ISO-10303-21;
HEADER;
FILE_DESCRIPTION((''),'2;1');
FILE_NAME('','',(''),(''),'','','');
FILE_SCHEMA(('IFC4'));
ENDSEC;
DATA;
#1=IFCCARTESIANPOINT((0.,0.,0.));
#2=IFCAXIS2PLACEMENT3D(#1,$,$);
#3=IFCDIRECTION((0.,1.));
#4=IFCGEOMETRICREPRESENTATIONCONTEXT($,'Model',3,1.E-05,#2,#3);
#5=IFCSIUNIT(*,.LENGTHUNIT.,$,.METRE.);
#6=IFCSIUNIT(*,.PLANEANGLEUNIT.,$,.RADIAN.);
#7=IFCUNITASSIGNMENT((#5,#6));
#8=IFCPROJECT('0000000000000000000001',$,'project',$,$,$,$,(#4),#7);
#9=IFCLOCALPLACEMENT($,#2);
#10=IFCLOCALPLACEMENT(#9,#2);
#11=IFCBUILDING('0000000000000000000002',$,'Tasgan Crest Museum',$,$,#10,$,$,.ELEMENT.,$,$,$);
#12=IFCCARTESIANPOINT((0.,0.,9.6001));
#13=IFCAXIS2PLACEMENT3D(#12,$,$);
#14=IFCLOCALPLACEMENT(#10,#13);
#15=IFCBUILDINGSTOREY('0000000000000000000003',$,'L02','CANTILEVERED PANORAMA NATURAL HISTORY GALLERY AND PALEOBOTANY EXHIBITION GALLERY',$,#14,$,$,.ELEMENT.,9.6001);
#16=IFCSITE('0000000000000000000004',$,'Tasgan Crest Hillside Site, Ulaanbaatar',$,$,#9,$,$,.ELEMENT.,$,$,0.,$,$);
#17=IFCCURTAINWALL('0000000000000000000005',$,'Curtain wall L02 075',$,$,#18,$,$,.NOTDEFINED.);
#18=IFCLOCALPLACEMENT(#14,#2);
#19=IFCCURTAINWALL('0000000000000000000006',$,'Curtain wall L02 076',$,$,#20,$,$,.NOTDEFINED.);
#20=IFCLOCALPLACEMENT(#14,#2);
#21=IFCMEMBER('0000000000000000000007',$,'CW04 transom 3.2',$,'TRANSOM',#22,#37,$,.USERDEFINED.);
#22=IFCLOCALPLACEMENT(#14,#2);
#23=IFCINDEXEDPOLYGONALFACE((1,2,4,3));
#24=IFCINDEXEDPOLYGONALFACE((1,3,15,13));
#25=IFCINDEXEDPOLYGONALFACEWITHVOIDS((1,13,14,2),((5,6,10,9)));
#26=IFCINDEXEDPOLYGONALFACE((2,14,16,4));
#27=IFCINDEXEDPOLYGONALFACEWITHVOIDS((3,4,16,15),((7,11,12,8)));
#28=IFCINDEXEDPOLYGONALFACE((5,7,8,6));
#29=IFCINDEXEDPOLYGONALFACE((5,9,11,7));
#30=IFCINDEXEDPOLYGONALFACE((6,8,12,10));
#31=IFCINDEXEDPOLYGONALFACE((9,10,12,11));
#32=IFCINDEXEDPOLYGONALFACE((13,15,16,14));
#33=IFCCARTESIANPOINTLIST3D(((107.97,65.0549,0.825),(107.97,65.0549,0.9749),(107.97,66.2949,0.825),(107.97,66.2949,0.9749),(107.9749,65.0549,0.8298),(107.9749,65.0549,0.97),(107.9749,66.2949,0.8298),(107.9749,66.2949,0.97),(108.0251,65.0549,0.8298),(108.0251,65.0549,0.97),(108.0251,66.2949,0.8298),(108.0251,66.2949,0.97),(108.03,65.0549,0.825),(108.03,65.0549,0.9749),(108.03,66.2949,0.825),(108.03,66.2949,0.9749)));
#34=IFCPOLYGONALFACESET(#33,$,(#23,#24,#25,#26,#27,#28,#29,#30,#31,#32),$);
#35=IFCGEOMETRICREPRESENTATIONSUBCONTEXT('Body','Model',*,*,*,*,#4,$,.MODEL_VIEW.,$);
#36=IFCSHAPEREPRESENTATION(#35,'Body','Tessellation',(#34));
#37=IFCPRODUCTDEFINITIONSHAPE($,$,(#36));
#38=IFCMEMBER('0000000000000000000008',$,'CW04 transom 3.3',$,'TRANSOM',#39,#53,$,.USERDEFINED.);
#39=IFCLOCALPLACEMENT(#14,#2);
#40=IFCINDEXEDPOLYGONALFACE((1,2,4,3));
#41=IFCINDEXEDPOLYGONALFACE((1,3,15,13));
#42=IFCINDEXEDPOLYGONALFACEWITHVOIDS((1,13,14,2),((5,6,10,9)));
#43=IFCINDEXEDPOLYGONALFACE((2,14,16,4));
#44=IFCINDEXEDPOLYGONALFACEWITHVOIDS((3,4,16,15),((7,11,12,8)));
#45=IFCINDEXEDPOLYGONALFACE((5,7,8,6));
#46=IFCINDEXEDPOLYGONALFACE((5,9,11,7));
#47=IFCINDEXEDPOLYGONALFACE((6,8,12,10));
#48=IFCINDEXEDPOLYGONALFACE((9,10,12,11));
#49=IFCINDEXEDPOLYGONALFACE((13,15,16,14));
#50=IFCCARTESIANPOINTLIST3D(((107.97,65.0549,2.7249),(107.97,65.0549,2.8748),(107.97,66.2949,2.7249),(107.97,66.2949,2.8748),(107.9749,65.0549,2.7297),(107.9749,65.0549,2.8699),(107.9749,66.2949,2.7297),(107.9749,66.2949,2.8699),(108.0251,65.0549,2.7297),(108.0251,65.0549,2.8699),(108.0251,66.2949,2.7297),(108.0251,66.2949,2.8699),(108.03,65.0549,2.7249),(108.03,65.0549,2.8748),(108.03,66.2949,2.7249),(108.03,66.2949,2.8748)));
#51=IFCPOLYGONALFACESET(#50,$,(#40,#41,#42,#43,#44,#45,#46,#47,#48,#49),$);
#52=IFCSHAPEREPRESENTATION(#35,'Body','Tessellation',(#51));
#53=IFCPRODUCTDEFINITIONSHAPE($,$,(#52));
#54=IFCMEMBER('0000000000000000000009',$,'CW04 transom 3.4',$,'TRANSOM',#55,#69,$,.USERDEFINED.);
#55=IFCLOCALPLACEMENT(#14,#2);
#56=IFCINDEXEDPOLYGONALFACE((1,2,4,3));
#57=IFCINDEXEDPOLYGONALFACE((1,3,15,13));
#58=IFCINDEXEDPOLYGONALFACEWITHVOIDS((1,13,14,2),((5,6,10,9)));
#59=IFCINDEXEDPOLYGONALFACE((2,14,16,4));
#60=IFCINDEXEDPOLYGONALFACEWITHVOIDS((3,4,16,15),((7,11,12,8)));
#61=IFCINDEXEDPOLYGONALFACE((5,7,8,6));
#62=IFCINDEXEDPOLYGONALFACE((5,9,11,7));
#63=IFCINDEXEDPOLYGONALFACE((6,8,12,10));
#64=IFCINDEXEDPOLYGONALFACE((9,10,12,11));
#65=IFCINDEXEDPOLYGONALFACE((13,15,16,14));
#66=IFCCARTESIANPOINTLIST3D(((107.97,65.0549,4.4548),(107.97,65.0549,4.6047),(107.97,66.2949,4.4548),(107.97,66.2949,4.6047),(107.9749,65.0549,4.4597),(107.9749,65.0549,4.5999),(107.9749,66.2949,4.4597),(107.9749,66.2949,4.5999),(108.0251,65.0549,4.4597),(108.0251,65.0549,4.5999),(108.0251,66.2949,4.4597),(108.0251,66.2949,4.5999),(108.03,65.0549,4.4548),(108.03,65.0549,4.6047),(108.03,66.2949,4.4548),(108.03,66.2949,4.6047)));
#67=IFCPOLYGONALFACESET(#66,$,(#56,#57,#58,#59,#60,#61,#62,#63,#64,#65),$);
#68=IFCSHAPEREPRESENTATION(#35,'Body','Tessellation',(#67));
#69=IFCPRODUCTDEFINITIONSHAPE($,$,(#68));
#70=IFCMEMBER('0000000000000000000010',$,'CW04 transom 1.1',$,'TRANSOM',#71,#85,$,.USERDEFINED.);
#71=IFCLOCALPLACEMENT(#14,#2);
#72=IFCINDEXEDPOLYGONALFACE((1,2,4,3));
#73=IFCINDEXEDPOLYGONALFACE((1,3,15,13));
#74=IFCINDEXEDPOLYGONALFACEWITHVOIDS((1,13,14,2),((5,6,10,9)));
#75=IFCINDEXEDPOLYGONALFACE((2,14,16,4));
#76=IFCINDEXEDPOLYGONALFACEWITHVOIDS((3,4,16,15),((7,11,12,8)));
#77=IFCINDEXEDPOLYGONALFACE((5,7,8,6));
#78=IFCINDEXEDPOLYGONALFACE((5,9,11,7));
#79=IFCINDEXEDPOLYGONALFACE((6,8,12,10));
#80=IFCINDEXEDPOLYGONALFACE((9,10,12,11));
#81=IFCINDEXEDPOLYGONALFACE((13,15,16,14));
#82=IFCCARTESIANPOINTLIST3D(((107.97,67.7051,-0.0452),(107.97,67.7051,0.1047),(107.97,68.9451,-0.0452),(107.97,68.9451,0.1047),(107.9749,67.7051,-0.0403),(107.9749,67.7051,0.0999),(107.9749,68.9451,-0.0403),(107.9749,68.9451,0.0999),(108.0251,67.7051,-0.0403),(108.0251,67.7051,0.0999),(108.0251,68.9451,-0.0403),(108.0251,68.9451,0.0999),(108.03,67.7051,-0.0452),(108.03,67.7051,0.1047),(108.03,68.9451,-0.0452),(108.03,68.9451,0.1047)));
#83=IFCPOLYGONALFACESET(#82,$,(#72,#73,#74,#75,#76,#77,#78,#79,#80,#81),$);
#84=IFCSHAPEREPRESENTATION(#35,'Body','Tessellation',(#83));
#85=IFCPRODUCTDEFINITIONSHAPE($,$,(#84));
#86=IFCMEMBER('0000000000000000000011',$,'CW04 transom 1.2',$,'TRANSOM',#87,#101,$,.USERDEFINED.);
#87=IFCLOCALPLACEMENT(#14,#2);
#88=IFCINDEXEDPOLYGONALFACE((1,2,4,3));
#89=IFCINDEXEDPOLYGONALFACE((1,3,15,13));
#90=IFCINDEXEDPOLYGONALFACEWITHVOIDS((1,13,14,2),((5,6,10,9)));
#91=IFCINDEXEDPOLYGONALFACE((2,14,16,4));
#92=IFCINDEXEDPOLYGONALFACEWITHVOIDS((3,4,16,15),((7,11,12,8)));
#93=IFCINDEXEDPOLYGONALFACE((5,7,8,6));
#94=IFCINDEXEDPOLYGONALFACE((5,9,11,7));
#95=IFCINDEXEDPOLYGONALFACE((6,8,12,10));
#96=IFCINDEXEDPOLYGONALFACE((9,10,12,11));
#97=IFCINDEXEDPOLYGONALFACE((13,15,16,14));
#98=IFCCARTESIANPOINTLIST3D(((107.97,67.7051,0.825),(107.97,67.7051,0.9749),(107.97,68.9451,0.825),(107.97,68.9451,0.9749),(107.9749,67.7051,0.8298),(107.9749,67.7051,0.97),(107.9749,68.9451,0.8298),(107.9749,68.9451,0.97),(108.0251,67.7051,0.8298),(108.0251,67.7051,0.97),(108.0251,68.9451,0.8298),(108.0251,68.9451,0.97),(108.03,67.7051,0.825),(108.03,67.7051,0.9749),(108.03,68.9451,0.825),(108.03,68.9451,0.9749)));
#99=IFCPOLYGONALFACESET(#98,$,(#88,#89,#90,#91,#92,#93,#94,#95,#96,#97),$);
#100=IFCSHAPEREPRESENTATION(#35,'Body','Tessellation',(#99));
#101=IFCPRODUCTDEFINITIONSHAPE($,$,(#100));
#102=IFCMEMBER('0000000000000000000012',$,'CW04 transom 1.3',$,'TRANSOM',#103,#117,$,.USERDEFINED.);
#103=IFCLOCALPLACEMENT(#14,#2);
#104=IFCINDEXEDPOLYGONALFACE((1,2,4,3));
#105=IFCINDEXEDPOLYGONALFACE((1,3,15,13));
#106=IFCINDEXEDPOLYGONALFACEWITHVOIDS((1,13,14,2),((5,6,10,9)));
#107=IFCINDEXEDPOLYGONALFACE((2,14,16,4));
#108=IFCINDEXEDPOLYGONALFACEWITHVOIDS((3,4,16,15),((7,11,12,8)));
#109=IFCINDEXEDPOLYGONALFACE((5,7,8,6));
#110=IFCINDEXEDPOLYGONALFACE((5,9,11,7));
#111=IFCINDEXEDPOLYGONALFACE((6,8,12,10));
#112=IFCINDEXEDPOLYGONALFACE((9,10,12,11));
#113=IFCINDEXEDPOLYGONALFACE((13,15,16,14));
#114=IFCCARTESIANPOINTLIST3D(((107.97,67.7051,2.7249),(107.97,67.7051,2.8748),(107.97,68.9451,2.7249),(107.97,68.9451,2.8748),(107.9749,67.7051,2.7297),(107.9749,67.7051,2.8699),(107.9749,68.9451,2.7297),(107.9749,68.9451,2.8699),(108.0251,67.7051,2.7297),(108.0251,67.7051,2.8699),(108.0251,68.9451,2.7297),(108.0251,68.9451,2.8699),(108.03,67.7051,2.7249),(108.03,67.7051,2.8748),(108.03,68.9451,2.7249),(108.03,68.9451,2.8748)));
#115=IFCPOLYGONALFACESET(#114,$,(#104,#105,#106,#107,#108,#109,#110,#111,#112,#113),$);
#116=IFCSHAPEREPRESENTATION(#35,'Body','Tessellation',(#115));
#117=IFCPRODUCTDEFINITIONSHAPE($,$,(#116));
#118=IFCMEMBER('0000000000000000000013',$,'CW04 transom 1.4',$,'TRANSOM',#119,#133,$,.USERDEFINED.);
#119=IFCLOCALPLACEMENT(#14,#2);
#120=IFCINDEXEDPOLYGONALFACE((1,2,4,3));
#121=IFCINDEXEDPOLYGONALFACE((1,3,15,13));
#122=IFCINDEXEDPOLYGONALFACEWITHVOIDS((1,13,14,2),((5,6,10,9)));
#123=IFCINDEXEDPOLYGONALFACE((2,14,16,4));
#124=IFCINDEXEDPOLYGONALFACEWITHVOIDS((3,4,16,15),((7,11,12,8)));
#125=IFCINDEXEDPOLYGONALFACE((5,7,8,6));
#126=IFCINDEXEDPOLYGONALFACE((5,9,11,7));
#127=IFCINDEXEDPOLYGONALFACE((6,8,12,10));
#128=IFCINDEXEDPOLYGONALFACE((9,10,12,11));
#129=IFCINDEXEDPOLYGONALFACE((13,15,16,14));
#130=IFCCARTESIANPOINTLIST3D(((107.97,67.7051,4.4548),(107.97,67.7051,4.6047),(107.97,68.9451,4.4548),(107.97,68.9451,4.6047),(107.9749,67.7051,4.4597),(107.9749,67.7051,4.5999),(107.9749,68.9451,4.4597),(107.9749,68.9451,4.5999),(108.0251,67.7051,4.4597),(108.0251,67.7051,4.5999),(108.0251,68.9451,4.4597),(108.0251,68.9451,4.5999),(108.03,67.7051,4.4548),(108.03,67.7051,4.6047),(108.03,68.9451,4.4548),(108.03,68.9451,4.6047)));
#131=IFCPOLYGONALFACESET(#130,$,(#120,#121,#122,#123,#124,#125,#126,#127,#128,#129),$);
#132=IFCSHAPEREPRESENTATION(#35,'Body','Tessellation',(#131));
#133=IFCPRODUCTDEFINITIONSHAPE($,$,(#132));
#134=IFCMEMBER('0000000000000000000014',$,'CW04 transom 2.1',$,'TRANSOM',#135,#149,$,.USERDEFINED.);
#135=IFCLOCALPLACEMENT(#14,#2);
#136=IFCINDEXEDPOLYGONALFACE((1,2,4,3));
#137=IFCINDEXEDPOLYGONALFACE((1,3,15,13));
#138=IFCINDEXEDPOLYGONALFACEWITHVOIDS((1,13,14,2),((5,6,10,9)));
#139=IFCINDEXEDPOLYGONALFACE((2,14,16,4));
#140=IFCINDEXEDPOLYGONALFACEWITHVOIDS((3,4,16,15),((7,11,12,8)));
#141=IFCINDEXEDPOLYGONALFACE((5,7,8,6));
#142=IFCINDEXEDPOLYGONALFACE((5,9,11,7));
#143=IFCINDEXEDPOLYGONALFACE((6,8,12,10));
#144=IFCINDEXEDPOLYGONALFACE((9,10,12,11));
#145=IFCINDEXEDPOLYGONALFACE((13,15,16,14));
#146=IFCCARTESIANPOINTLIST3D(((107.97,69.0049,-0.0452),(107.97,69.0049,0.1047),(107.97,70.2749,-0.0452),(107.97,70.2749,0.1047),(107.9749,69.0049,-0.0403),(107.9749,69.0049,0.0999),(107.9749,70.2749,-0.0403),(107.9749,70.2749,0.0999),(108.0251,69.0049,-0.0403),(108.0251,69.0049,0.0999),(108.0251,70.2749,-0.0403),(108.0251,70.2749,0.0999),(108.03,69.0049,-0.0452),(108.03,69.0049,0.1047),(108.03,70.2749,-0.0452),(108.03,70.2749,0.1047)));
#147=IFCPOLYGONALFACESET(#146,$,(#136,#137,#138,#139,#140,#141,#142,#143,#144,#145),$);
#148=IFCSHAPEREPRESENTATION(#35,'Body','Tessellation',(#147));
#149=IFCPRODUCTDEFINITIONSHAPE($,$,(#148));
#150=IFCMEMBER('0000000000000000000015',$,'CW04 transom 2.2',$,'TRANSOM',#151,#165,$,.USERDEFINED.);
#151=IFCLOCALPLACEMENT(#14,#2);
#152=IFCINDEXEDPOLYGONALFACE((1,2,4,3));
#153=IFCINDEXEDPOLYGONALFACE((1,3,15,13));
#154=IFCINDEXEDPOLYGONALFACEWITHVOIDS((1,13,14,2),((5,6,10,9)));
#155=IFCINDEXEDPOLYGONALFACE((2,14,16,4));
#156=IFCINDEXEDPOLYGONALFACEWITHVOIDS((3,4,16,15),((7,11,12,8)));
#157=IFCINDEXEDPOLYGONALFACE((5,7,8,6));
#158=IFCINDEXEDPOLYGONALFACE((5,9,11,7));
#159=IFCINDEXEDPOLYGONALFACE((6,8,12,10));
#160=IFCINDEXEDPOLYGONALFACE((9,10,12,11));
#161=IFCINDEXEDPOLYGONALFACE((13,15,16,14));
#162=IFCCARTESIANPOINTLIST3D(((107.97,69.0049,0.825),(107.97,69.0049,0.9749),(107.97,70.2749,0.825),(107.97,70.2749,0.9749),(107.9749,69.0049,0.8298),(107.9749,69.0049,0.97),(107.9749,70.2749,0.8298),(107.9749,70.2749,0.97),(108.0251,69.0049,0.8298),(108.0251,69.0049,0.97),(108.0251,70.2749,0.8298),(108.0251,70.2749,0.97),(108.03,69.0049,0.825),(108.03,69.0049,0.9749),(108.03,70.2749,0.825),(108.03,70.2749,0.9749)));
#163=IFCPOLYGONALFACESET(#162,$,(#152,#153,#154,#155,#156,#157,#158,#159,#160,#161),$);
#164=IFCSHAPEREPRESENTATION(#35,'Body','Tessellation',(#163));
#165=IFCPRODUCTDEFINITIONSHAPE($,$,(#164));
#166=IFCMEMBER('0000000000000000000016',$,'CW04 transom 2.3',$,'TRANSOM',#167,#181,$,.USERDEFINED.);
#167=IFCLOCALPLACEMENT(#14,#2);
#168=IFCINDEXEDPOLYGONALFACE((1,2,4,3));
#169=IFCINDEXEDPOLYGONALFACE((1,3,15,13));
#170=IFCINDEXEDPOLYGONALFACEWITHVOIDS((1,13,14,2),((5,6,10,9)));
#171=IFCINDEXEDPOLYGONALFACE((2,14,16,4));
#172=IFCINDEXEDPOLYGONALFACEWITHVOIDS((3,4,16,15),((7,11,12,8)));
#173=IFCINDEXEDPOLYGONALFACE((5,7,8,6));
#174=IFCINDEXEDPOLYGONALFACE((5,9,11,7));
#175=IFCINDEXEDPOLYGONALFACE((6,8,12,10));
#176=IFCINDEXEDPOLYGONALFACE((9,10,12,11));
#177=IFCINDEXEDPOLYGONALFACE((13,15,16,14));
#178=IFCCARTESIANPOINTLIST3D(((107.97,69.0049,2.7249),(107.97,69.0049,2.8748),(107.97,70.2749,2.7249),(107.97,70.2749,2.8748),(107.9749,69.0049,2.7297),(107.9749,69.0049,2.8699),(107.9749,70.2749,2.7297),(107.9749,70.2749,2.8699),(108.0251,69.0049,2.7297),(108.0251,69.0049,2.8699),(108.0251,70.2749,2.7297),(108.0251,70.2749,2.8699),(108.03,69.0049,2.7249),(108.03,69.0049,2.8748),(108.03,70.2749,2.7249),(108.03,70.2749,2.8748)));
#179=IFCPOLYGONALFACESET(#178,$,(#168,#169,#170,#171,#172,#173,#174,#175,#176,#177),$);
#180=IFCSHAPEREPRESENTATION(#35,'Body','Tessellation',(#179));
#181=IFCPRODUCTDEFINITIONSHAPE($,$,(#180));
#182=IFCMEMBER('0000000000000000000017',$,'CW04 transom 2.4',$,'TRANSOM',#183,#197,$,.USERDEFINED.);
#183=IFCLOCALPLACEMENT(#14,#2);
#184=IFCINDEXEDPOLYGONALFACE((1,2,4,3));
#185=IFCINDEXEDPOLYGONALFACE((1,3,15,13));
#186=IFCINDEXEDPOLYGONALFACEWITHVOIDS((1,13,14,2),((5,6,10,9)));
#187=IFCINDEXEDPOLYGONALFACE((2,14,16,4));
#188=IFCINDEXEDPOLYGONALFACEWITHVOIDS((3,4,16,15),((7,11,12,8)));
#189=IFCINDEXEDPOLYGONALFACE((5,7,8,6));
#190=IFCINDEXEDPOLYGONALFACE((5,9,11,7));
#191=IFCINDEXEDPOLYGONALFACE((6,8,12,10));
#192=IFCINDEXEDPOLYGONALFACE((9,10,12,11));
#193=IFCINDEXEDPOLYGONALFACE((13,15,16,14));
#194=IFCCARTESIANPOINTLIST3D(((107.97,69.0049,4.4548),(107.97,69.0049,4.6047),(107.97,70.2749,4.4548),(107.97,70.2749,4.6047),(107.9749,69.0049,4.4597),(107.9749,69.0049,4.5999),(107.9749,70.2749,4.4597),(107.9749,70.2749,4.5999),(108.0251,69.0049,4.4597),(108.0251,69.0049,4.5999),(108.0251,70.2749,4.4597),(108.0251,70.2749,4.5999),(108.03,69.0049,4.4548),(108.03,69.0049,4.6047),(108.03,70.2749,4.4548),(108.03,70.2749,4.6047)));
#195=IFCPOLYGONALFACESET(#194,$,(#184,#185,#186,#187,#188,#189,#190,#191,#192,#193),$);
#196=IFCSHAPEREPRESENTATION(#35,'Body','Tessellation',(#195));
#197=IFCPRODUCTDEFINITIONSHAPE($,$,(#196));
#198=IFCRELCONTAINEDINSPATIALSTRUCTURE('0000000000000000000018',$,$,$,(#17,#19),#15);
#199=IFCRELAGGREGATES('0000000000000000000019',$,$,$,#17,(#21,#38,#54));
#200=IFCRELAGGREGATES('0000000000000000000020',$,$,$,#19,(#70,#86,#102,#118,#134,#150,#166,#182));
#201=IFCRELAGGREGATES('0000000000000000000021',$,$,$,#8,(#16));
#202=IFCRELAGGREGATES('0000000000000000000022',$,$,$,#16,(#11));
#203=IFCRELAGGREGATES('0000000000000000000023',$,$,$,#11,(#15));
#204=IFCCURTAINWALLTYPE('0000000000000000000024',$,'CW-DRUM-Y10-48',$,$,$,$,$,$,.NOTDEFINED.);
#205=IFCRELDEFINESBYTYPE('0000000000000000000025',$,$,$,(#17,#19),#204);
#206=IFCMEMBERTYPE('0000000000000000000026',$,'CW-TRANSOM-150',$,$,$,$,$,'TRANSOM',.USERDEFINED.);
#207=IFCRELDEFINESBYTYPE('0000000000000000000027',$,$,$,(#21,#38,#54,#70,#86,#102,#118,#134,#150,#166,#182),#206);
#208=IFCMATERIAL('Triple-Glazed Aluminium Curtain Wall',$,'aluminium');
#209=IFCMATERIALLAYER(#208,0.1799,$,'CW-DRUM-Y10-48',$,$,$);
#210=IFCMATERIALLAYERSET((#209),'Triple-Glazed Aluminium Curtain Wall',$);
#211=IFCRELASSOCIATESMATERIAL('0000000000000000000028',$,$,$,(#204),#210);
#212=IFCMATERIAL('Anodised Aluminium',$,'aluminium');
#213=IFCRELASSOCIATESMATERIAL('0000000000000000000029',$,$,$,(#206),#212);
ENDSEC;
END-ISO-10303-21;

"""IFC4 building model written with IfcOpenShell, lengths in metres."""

from ifc_helpers import new_model, si_unit, direction, frame, origin, origin_2d, place, context, subcontext, project, spatial, hollow_rectangle, extrude, material, layer, layer_set, material_profile, profile_set, type_object, element, aggregate, save


model = new_model("IFC4")

# Units and contexts
model_context = context("Model", 3, precision=1e-05, world=origin(), true_north=direction((0.0, 1.0)))
body_context = subcontext(model_context, "Body", "Model", "MODEL_VIEW")
ifc_project = project(units=[si_unit("LENGTHUNIT", "METRE"), si_unit("PLANEANGLEUNIT", "RADIAN")], contexts=[model_context])

# Site, building, storey
site_placement = place(None, origin())
site = spatial("IfcSite", under=ifc_project, at=site_placement, Name="Tasgan Crest Hillside Site, Ulaanbaatar", CompositionType="ELEMENT", RefElevation=0.0)
building_placement = place(site_placement, origin())
building = spatial("IfcBuilding", under=site, at=building_placement, Name="Tasgan Crest Museum", CompositionType="ELEMENT")
storey_placement = place(building_placement, frame((0.0, 0.0, 9.6001)))
storey = spatial("IfcBuildingStorey", under=building, at=storey_placement, Name="L02", Description="CANTILEVERED PANORAMA NATURAL HISTORY GALLERY AND PALEOBOTANY EXHIBITION GALLERY", CompositionType="ELEMENT", Elevation=9.6001)

# Curtain walls
ifc_material_1 = material(Name="Triple-Glazed Aluminium Curtain Wall", Category="aluminium")
ifc_layer_1 = layer(ifc_material_1, 0.1799, Name="CW-DRUM-Y10-48")
ifc_layer_set_1 = layer_set([ifc_layer_1], Name="Triple-Glazed Aluminium Curtain Wall")
curtain_wall_type = type_object("IfcCurtainWallType", Name="CW-DRUM-Y10-48", PredefinedType="NOTDEFINED", material=ifc_layer_set_1)
curtain_wall_1_placement = place(storey_placement, origin())
curtain_wall_1 = element("IfcCurtainWall", 1, at=curtain_wall_1_placement, inside=storey, type_object=curtain_wall_type, Name="Curtain wall L02 075", PredefinedType="NOTDEFINED")
curtain_wall_2_placement = place(storey_placement, origin())
curtain_wall_2 = element("IfcCurtainWall", 2, at=curtain_wall_2_placement, inside=storey, type_object=curtain_wall_type, Name="Curtain wall L02 076", PredefinedType="NOTDEFINED")

# Members
ifc_material_2 = material(Name="Anodised Aluminium", Category="aluminium")
ifc_material_profile_1 = material_profile(ifc_material_2, hollow_rectangle(XDim=0.0601, YDim=0.1499, WallThickness=0.0049, at=origin_2d()), Name="ALU TRANSOM 150x60x5")
ifc_profile_set_1 = profile_set([ifc_material_profile_1], Name="Anodised Aluminium")
member_type_1 = type_object("IfcMemberType", Name="CW-TRANSOM-150", ElementType="TRANSOM", PredefinedType="USERDEFINED", material=ifc_profile_set_1)
member_1_placement = place(storey_placement, frame((108.0, 65.0549, 0.8999), z_axis=(0.0, 1.0, 0.0), x_axis=(-1.0, 0.0, 0.0)))
member_1 = element("IfcMember", 3, at=member_1_placement, type_object=member_type_1, Name="CW04 transom 3.2", ObjectType="TRANSOM", PredefinedType="USERDEFINED", context=body_context, shape_type="SweptSolid", body=[
    extrude(hollow_rectangle(XDim=0.0601, YDim=0.1499, WallThickness=0.0049, at=origin_2d()), origin(), (0.0, 0.0, 1.0), 1.24),
])
member_2_placement = place(storey_placement, frame((108.0, 65.0549, 2.7998), z_axis=(0.0, 1.0, 0.0), x_axis=(-1.0, 0.0, 0.0)))
member_2 = element("IfcMember", 4, at=member_2_placement, type_object=member_type_1, Name="CW04 transom 3.3", ObjectType="TRANSOM", PredefinedType="USERDEFINED", context=body_context, shape_type="SweptSolid", body=[
    extrude(hollow_rectangle(XDim=0.0601, YDim=0.1499, WallThickness=0.0049, at=origin_2d()), origin(), (0.0, 0.0, 1.0), 1.24),
])
member_3_placement = place(storey_placement, frame((108.0, 65.0549, 4.5298), z_axis=(0.0, 1.0, 0.0), x_axis=(-1.0, 0.0, 0.0)))
member_3 = element("IfcMember", 5, at=member_3_placement, type_object=member_type_1, Name="CW04 transom 3.4", ObjectType="TRANSOM", PredefinedType="USERDEFINED", context=body_context, shape_type="SweptSolid", body=[
    extrude(hollow_rectangle(XDim=0.0601, YDim=0.1499, WallThickness=0.0049, at=origin_2d()), origin(), (0.0, 0.0, 1.0), 1.24),
])
member_4_placement = place(storey_placement, frame((108.0, 67.7051, 0.0298), z_axis=(0.0, 1.0, 0.0), x_axis=(-1.0, 0.0, 0.0)))
member_4 = element("IfcMember", 6, at=member_4_placement, type_object=member_type_1, Name="CW04 transom 1.1", ObjectType="TRANSOM", PredefinedType="USERDEFINED", context=body_context, shape_type="SweptSolid", body=[
    extrude(hollow_rectangle(XDim=0.0601, YDim=0.1499, WallThickness=0.0049, at=origin_2d()), origin(), (0.0, 0.0, 1.0), 1.24),
])
member_5_placement = place(storey_placement, frame((108.0, 67.7051, 0.8999), z_axis=(0.0, 1.0, 0.0), x_axis=(-1.0, 0.0, 0.0)))
member_5 = element("IfcMember", 7, at=member_5_placement, type_object=member_type_1, Name="CW04 transom 1.2", ObjectType="TRANSOM", PredefinedType="USERDEFINED", context=body_context, shape_type="SweptSolid", body=[
    extrude(hollow_rectangle(XDim=0.0601, YDim=0.1499, WallThickness=0.0049, at=origin_2d()), origin(), (0.0, 0.0, 1.0), 1.24),
])
member_6_placement = place(storey_placement, frame((108.0, 67.7051, 2.7998), z_axis=(0.0, 1.0, 0.0), x_axis=(-1.0, 0.0, 0.0)))
member_6 = element("IfcMember", 8, at=member_6_placement, type_object=member_type_1, Name="CW04 transom 1.3", ObjectType="TRANSOM", PredefinedType="USERDEFINED", context=body_context, shape_type="SweptSolid", body=[
    extrude(hollow_rectangle(XDim=0.0601, YDim=0.1499, WallThickness=0.0049, at=origin_2d()), origin(), (0.0, 0.0, 1.0), 1.24),
])
member_7_placement = place(storey_placement, frame((108.0, 67.7051, 4.5298), z_axis=(0.0, 1.0, 0.0), x_axis=(-1.0, 0.0, 0.0)))
member_7 = element("IfcMember", 9, at=member_7_placement, type_object=member_type_1, Name="CW04 transom 1.4", ObjectType="TRANSOM", PredefinedType="USERDEFINED", context=body_context, shape_type="SweptSolid", body=[
    extrude(hollow_rectangle(XDim=0.0601, YDim=0.1499, WallThickness=0.0049, at=origin_2d()), origin(), (0.0, 0.0, 1.0), 1.24),
])
member_8_placement = place(storey_placement, frame((108.0, 69.0049, 0.0298), z_axis=(0.0, 1.0, 0.0), x_axis=(-1.0, 0.0, 0.0)))
member_8 = element("IfcMember", 10, at=member_8_placement, type_object=member_type_1, Name="CW04 transom 2.1", ObjectType="TRANSOM", PredefinedType="USERDEFINED", context=body_context, shape_type="SweptSolid", body=[
    extrude(hollow_rectangle(XDim=0.0601, YDim=0.1499, WallThickness=0.0049, at=origin_2d()), origin(), (0.0, 0.0, 1.0), 1.27),
])
member_9_placement = place(storey_placement, frame((108.0, 69.0049, 0.8999), z_axis=(0.0, 1.0, 0.0), x_axis=(-1.0, 0.0, 0.0)))
member_9 = element("IfcMember", 11, at=member_9_placement, type_object=member_type_1, Name="CW04 transom 2.2", ObjectType="TRANSOM", PredefinedType="USERDEFINED", context=body_context, shape_type="SweptSolid", body=[
    extrude(hollow_rectangle(XDim=0.0601, YDim=0.1499, WallThickness=0.0049, at=origin_2d()), origin(), (0.0, 0.0, 1.0), 1.27),
])
member_10_placement = place(storey_placement, frame((108.0, 69.0049, 2.7998), z_axis=(0.0, 1.0, 0.0), x_axis=(-1.0, 0.0, 0.0)))
member_10 = element("IfcMember", 12, at=member_10_placement, type_object=member_type_1, Name="CW04 transom 2.3", ObjectType="TRANSOM", PredefinedType="USERDEFINED", context=body_context, shape_type="SweptSolid", body=[
    extrude(hollow_rectangle(XDim=0.0601, YDim=0.1499, WallThickness=0.0049, at=origin_2d()), origin(), (0.0, 0.0, 1.0), 1.27),
])
member_11_placement = place(storey_placement, frame((108.0, 69.0049, 4.5298), z_axis=(0.0, 1.0, 0.0), x_axis=(-1.0, 0.0, 0.0)))
member_11 = element("IfcMember", 13, at=member_11_placement, type_object=member_type_1, Name="CW04 transom 2.4", ObjectType="TRANSOM", PredefinedType="USERDEFINED", context=body_context, shape_type="SweptSolid", body=[
    extrude(hollow_rectangle(XDim=0.0601, YDim=0.1499, WallThickness=0.0049, at=origin_2d()), origin(), (0.0, 0.0, 1.0), 1.27),
])

aggregate(curtain_wall_1, [member_1, member_2, member_3])
aggregate(curtain_wall_2, [member_4, member_5, member_6, member_7, member_8, member_9, member_10, member_11])

save(model, "model.ifc")
